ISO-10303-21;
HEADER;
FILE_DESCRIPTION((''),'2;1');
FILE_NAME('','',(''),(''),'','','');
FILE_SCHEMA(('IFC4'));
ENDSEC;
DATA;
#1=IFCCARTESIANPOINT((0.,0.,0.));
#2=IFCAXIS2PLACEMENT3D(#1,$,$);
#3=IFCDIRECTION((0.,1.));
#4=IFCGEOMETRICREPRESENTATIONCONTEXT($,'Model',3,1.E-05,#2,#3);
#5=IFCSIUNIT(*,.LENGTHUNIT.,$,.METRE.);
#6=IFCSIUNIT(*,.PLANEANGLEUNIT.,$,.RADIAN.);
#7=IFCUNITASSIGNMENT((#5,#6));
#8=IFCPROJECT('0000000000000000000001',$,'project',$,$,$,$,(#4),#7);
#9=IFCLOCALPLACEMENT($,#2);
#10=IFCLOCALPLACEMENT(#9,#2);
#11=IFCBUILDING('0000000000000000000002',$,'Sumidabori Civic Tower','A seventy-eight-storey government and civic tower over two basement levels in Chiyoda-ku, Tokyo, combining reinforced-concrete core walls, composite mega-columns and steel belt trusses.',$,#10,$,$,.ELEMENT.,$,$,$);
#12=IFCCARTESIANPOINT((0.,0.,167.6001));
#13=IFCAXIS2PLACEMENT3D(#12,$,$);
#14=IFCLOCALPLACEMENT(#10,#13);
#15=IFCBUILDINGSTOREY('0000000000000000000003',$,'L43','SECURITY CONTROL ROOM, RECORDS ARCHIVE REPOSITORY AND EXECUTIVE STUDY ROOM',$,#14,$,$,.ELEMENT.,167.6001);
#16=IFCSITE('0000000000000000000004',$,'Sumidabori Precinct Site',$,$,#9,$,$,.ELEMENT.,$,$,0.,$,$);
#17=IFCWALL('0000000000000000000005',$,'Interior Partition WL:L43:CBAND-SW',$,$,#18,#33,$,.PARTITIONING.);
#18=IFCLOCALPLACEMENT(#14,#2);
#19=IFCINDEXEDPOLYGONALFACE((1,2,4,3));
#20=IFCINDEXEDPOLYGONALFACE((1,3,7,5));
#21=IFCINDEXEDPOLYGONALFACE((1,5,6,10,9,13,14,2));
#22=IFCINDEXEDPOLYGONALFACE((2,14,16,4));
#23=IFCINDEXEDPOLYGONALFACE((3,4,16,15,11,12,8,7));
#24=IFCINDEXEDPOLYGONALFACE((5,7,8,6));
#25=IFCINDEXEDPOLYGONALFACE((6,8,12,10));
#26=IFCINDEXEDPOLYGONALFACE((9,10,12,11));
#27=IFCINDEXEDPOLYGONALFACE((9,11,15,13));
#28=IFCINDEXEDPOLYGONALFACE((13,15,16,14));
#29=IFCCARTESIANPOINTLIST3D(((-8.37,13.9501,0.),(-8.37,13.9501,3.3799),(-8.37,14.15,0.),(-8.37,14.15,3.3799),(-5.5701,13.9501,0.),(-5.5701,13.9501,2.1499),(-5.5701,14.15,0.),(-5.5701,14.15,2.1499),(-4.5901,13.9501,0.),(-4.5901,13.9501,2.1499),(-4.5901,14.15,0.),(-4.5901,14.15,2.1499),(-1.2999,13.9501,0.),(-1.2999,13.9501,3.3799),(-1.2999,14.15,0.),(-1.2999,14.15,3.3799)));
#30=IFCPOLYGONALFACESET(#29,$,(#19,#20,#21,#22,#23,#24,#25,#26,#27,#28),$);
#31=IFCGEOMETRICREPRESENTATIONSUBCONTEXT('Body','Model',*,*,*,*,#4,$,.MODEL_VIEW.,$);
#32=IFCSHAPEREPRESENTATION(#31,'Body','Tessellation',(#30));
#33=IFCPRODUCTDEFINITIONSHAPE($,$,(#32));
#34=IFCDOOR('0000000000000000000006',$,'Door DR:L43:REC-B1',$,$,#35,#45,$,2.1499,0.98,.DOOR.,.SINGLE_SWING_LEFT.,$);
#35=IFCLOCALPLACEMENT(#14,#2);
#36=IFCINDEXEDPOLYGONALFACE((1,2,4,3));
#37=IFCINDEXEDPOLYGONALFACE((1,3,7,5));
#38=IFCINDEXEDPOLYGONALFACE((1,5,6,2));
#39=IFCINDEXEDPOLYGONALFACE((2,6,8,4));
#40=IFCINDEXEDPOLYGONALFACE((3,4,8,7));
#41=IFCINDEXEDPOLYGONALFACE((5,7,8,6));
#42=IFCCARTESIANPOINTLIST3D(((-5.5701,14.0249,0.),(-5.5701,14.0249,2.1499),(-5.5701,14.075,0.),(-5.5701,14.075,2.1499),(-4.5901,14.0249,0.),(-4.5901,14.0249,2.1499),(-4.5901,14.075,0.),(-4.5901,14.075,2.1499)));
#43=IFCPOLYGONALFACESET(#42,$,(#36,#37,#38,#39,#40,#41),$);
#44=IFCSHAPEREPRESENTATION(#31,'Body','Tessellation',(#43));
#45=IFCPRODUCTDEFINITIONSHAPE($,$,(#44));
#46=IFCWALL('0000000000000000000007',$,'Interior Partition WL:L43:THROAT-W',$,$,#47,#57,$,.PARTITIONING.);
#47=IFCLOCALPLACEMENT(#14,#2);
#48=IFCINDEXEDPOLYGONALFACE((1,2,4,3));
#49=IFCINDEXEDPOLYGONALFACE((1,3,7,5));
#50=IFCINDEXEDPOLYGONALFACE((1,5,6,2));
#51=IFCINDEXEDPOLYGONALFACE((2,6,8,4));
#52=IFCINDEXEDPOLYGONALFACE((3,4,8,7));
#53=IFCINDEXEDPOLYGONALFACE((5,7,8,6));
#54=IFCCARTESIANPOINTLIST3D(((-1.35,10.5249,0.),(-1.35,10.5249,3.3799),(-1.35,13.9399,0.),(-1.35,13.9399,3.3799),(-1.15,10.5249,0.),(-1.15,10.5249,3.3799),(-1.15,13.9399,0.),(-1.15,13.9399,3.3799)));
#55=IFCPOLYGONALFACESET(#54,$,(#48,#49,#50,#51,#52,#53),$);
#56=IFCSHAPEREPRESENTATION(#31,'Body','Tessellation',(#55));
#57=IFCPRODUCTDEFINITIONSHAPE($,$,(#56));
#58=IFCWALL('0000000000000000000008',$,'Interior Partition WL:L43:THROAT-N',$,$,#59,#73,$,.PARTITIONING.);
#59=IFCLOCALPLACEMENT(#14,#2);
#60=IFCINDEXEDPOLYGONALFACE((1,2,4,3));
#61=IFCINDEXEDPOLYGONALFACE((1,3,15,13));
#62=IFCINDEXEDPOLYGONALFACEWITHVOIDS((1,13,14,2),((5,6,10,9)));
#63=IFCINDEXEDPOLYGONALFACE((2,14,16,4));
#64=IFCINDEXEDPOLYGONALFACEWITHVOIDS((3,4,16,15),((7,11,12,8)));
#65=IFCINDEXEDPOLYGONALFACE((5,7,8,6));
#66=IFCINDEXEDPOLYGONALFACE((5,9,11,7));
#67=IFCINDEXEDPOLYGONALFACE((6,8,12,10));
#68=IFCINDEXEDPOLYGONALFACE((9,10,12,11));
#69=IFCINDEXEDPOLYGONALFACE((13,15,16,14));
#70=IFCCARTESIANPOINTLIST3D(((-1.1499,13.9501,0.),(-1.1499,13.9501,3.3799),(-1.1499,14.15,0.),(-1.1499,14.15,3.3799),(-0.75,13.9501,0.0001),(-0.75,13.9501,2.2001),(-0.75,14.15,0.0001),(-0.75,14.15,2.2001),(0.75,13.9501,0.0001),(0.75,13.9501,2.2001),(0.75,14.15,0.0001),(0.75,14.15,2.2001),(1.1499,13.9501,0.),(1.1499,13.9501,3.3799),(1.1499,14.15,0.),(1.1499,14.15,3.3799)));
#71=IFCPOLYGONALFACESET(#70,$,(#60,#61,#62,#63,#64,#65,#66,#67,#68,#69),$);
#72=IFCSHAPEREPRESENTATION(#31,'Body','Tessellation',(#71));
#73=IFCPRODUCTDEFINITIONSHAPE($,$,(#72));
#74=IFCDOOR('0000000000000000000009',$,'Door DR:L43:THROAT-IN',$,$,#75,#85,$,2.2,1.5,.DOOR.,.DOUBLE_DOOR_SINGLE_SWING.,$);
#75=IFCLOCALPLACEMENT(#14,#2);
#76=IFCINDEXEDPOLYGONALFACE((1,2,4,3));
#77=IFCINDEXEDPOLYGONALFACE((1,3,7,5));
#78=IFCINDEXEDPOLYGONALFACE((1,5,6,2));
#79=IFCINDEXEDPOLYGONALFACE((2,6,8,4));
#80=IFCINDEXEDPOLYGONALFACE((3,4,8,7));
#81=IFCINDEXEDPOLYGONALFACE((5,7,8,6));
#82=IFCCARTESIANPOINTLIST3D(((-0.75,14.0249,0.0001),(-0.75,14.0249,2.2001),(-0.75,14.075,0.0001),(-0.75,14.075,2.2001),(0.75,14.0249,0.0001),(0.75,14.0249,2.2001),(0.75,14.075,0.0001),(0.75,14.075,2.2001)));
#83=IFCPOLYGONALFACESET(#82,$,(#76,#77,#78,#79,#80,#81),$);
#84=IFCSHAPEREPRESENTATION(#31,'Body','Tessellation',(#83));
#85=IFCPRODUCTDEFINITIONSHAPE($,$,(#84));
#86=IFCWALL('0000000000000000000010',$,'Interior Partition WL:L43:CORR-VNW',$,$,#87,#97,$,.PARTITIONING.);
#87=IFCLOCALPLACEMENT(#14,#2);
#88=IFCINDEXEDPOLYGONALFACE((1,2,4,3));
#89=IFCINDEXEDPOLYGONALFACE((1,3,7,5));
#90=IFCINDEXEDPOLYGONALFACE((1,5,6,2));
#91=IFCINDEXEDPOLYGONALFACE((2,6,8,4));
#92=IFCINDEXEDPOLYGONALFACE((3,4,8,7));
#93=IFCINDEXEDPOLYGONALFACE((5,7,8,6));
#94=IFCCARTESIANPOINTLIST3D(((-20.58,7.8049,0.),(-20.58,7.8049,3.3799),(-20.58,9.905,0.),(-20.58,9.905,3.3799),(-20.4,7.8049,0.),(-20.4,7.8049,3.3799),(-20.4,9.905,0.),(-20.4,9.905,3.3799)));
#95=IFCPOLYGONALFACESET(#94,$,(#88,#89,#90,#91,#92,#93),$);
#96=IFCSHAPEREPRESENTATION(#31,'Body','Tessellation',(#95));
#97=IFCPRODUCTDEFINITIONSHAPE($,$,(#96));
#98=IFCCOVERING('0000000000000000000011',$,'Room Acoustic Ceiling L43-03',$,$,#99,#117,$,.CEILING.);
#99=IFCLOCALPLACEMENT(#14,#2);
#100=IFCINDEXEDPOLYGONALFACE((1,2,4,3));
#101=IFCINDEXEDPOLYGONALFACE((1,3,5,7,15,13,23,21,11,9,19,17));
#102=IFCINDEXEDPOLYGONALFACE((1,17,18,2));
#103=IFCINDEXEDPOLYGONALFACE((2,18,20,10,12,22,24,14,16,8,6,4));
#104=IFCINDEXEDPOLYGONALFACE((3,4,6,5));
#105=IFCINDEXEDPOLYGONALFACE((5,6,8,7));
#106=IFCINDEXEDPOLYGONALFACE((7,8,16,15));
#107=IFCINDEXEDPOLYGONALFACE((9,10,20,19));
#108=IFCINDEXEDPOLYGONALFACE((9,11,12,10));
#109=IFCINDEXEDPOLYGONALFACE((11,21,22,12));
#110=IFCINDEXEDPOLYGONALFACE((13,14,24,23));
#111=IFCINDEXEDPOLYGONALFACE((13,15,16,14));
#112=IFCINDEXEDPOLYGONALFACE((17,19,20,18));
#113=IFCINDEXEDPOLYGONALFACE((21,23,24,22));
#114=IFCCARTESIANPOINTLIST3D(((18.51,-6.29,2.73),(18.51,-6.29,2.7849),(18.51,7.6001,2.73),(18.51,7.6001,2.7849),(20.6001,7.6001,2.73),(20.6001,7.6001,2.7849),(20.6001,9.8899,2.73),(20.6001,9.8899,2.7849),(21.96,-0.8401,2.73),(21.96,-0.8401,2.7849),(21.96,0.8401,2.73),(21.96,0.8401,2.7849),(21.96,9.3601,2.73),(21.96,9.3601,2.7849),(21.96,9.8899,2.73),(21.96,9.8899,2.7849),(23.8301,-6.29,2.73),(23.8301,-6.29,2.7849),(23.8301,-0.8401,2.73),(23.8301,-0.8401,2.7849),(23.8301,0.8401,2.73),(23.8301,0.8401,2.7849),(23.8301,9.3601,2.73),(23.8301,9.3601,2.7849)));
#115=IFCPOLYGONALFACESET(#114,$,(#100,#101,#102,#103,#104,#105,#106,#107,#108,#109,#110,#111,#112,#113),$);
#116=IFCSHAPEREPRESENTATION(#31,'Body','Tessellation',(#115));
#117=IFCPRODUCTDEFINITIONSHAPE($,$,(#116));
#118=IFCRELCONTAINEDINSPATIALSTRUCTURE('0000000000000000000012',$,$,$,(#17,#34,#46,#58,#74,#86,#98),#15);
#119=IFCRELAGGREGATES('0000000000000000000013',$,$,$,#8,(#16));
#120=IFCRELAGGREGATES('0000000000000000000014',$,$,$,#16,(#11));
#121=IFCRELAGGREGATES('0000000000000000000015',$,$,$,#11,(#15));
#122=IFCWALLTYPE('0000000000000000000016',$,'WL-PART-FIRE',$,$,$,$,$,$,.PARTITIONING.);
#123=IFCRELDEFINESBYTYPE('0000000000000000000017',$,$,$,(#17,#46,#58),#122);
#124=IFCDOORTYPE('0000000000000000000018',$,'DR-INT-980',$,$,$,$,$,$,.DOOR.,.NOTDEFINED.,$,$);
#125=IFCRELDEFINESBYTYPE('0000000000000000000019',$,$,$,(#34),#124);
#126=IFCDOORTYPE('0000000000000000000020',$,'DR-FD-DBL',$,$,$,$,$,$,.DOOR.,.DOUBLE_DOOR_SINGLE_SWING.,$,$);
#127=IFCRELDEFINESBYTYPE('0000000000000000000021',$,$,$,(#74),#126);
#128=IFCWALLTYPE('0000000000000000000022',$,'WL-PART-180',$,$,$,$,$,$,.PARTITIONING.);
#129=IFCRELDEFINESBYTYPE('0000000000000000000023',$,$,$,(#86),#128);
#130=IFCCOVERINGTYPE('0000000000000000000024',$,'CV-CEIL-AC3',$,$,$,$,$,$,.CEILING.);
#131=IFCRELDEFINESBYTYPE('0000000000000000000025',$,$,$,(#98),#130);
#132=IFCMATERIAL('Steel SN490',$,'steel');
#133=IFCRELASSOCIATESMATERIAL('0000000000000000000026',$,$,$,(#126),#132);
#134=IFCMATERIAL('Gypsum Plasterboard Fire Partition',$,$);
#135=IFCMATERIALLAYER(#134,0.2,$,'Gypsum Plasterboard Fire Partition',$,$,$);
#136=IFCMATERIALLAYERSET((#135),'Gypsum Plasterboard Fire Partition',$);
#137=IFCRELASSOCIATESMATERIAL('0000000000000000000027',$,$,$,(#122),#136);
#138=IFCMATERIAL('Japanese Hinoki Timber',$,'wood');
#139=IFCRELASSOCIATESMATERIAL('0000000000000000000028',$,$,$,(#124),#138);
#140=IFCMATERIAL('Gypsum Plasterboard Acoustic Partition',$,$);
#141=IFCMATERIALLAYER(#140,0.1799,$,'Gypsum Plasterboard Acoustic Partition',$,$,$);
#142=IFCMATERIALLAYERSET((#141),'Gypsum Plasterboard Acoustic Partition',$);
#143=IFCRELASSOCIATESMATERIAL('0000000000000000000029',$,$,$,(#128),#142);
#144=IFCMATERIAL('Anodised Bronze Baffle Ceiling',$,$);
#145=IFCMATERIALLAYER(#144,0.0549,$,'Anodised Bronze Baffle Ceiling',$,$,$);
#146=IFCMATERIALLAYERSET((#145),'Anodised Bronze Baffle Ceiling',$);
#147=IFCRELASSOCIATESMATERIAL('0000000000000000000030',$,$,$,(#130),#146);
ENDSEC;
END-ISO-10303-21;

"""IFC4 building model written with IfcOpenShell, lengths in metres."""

from ifc_helpers import new_model, si_unit, direction, frame, frame_2d, origin, place, context, subcontext, project, spatial, polyline, rectangle, outline, extrude, source, transform, mapped, material, layer, layer_set, type_object, element, fill, save


model = new_model("IFC4")

# Units and contexts
model_context = context("Model", 3, precision=1e-05, world=origin(), true_north=direction((0.0, 1.0)))
body_context = subcontext(model_context, "Body", "Model", "MODEL_VIEW")
ifc_project = project(units=[si_unit("LENGTHUNIT", "METRE"), si_unit("PLANEANGLEUNIT", "RADIAN")], contexts=[model_context])

# Site, building, storey
site_placement = place(None, origin())
site = spatial("IfcSite", under=ifc_project, at=site_placement, Name="Sumidabori Precinct Site", CompositionType="ELEMENT", RefElevation=0.0)
building_placement = place(site_placement, origin())
building = spatial("IfcBuilding", under=site, at=building_placement, Name="Sumidabori Civic Tower", Description="A seventy-eight-storey government and civic tower over two basement levels in Chiyoda-ku, Tokyo, combining reinforced-concrete core walls, composite mega-columns and steel belt trusses.", CompositionType="ELEMENT")
storey_placement = place(building_placement, frame((0.0, 0.0, 167.6001)))
storey = spatial("IfcBuildingStorey", under=building, at=storey_placement, Name="L43", Description="SECURITY CONTROL ROOM, RECORDS ARCHIVE REPOSITORY AND EXECUTIVE STUDY ROOM", CompositionType="ELEMENT", Elevation=167.6001)

# Shared definitions
ifc_material_1 = material(Name="Steel SN490", Category="steel")

# Shared definitions
door_type_1 = type_object("IfcDoorType", Name="DR-FD-DBL", OperationType="DOUBLE_DOOR_SINGLE_SWING", PredefinedType="DOOR", material=ifc_material_1)
shared_shape_1 = source(origin(), body_context, "Body", "SweptSolid", [
    extrude(rectangle(XDim=1.5, YDim=2.2, at=frame_2d((0.75, 1.1001))), frame((0.0, 0.0249, 0.0), z_axis=(0.0, -1.0, 0.0), x_axis=(1.0, 0.0, 0.0)), (0.0, 0.0, 1.0), 0.05),
])

# Wall, opening, door
ifc_material_2 = material(Name="Gypsum Plasterboard Fire Partition")
ifc_layer_1 = layer(ifc_material_2, 0.2, Name="Gypsum Plasterboard Fire Partition")
ifc_layer_set_1 = layer_set([ifc_layer_1], Name="Gypsum Plasterboard Fire Partition")
wall_type_1 = type_object("IfcWallType", Name="WL-PART-FIRE", PredefinedType="PARTITIONING", material=ifc_layer_set_1)
shared_shape_2 = source(origin(), body_context, "Body", "SweptSolid", [
    extrude(rectangle(XDim=7.0701, YDim=0.2, at=frame_2d((3.5352, 0.0))), origin(), (0.0, 0.0, 1.0), 3.3799),
])
wall_1_placement = place(storey_placement, frame((-8.3701, 14.05, 0.0), z_axis=(0.0, 0.0, 1.0), x_axis=(1.0, 0.0, 0.0)))
wall_1 = element("IfcWall", 1, at=wall_1_placement, inside=storey, type_object=wall_type_1, Name="Interior Partition WL:L43:CBAND-SW", PredefinedType="PARTITIONING", context=body_context, shape_type="MappedRepresentation", body=[
    mapped(shared_shape_2, transform((0.0, 0.0, 0.0), x_axis=(1.0, 0.0, 0.0), y_axis=(0.0, 1.0, 0.0), z_axis=(0.0, 0.0, 1.0), scale=1.0)),
])
opening_1_placement = place(wall_1_placement, frame((2.8, 0.0, 0.0)))
opening_1 = element("IfcOpeningElement", 2, at=opening_1_placement, cuts=wall_1, PredefinedType="OPENING", context=body_context, shape_type="SweptSolid", body=[
    extrude(rectangle(XDim=0.98, YDim=2.1499, at=frame_2d((0.49, 1.075))), frame((0.0, 0.1118, 0.0), z_axis=(0.0, -1.0, 0.0), x_axis=(1.0, 0.0, 0.0)), (0.0, 0.0, 1.0), 0.2239),
])
ifc_material_3 = material(Name="Japanese Hinoki Timber", Category="wood")
door_type_2 = type_object("IfcDoorType", Name="DR-INT-980", OperationType="NOTDEFINED", PredefinedType="DOOR", material=ifc_material_3)
shared_shape_3 = source(origin(), body_context, "Body", "SweptSolid", [
    extrude(rectangle(XDim=0.98, YDim=2.1499, at=frame_2d((0.49, 1.075))), frame((0.0, 0.0249, 0.0), z_axis=(0.0, -1.0, 0.0), x_axis=(1.0, 0.0, 0.0)), (0.0, 0.0, 1.0), 0.05),
])
door_1_placement = place(opening_1_placement, origin())
door_1 = element("IfcDoor", 3, at=door_1_placement, inside=storey, type_object=door_type_2, Name="Door DR:L43:REC-B1", OperationType="SINGLE_SWING_LEFT", OverallHeight=2.1499, OverallWidth=0.98, PredefinedType="DOOR", context=body_context, shape_type="MappedRepresentation", body=[
    mapped(shared_shape_3, transform((0.0, 0.0, 0.0), x_axis=(1.0, 0.0, 0.0), y_axis=(0.0, 1.0, 0.0), z_axis=(0.0, 0.0, 1.0), scale=1.0)),
])
fill(opening_1, door_1)

# Wall
shared_shape_4 = source(origin(), body_context, "Body", "SweptSolid", [
    extrude(rectangle(XDim=3.415, YDim=0.2, at=frame_2d((1.7075, 0.0))), origin(), (0.0, 0.0, 1.0), 3.3799),
])
wall_2_placement = place(storey_placement, frame((-1.25, 10.5249, 0.0), z_axis=(0.0, 0.0, 1.0), x_axis=(0.0, 1.0, 0.0)))
element("IfcWall", 4, at=wall_2_placement, inside=storey, type_object=wall_type_1, Name="Interior Partition WL:L43:THROAT-W", PredefinedType="PARTITIONING", context=body_context, shape_type="MappedRepresentation", body=[
    mapped(shared_shape_4, transform((0.0, 0.0, 0.0), x_axis=(1.0, 0.0, 0.0), y_axis=(0.0, 1.0, 0.0), z_axis=(0.0, 0.0, 1.0), scale=1.0)),
])

# Wall, opening, door
shared_shape_5 = source(origin(), body_context, "Body", "SweptSolid", [
    extrude(rectangle(XDim=2.2998, YDim=0.2, at=frame_2d((1.1499, 0.0))), origin(), (0.0, 0.0, 1.0), 3.3799),
])
wall_3_placement = place(storey_placement, frame((-1.1499, 14.05, 0.0), z_axis=(0.0, 0.0, 1.0), x_axis=(1.0, 0.0, 0.0)))
wall_3 = element("IfcWall", 5, at=wall_3_placement, inside=storey, type_object=wall_type_1, Name="Interior Partition WL:L43:THROAT-N", PredefinedType="PARTITIONING", context=body_context, shape_type="MappedRepresentation", body=[
    mapped(shared_shape_5, transform((0.0, 0.0, 0.0), x_axis=(1.0, 0.0, 0.0), y_axis=(0.0, 1.0, 0.0), z_axis=(0.0, 0.0, 1.0), scale=1.0)),
])
opening_2_placement = place(wall_3_placement, frame((0.3999, 0.0, 0.0)))
opening_2 = element("IfcOpeningElement", 6, at=opening_2_placement, cuts=wall_3, PredefinedType="OPENING", context=body_context, shape_type="SweptSolid", body=[
    extrude(rectangle(XDim=1.5, YDim=2.2, at=frame_2d((0.75, 1.1001))), frame((0.0, 0.1118, 0.0), z_axis=(0.0, -1.0, 0.0), x_axis=(1.0, 0.0, 0.0)), (0.0, 0.0, 1.0), 0.2239),
])
door_2_placement = place(opening_2_placement, origin())
door_2 = element("IfcDoor", 7, at=door_2_placement, inside=storey, type_object=door_type_1, Name="Door DR:L43:THROAT-IN", OperationType="DOUBLE_DOOR_SINGLE_SWING", OverallHeight=2.2, OverallWidth=1.5, PredefinedType="DOOR", context=body_context, shape_type="MappedRepresentation", body=[
    mapped(shared_shape_1, transform((0.0, 0.0, 0.0), x_axis=(1.0, 0.0, 0.0), y_axis=(0.0, 1.0, 0.0), z_axis=(0.0, 0.0, 1.0), scale=1.0)),
])
fill(opening_2, door_2)

# Wall
ifc_material_4 = material(Name="Gypsum Plasterboard Acoustic Partition")
ifc_layer_2 = layer(ifc_material_4, 0.1799, Name="Gypsum Plasterboard Acoustic Partition")
ifc_layer_set_2 = layer_set([ifc_layer_2], Name="Gypsum Plasterboard Acoustic Partition")
wall_type_2 = type_object("IfcWallType", Name="WL-PART-180", PredefinedType="PARTITIONING", material=ifc_layer_set_2)
shared_shape_6 = source(origin(), body_context, "Body", "SweptSolid", [
    extrude(rectangle(XDim=2.1001, YDim=0.1799, at=frame_2d((1.05, 0.0))), origin(), (0.0, 0.0, 1.0), 3.3799),
])
wall_4_placement = place(storey_placement, frame((-20.49, 7.8049, 0.0), z_axis=(0.0, 0.0, 1.0), x_axis=(0.0, 1.0, 0.0)))
element("IfcWall", 8, at=wall_4_placement, inside=storey, type_object=wall_type_2, Name="Interior Partition WL:L43:CORR-VNW", PredefinedType="PARTITIONING", context=body_context, shape_type="MappedRepresentation", body=[
    mapped(shared_shape_6, transform((0.0, 0.0, 0.0), x_axis=(1.0, 0.0, 0.0), y_axis=(0.0, 1.0, 0.0), z_axis=(0.0, 0.0, 1.0), scale=1.0)),
])

# Covering
ifc_material_5 = material(Name="Anodised Bronze Baffle Ceiling")
ifc_layer_3 = layer(ifc_material_5, 0.0549, Name="Anodised Bronze Baffle Ceiling")
ifc_layer_set_3 = layer_set([ifc_layer_3], Name="Anodised Bronze Baffle Ceiling")
covering_type = type_object("IfcCoveringType", Name="CV-CEIL-AC3", PredefinedType="CEILING", material=ifc_layer_set_3)
covering_placement = place(storey_placement, frame((0.0, 0.0, 2.73)))
element("IfcCovering", 9, at=covering_placement, inside=storey, type_object=covering_type, Name="Room Acoustic Ceiling L43-03", PredefinedType="CEILING", context=body_context, shape_type="SweptSolid", body=[
    extrude(outline(polyline([(18.51, 7.6001), (20.6001, 7.6001), (20.6001, 9.8899), (21.96, 9.8899), (21.96, 9.3601), (23.8301, 9.3601), (23.8301, 0.8401), (21.96, 0.8401), (21.96, -0.8401), (23.8301, -0.8401), (23.8301, -6.29), (18.51, -6.29), (18.51, 7.6001)])), origin(), (0.0, 0.0, 1.0), 0.0549),
])

save(model, "model.ifc")
